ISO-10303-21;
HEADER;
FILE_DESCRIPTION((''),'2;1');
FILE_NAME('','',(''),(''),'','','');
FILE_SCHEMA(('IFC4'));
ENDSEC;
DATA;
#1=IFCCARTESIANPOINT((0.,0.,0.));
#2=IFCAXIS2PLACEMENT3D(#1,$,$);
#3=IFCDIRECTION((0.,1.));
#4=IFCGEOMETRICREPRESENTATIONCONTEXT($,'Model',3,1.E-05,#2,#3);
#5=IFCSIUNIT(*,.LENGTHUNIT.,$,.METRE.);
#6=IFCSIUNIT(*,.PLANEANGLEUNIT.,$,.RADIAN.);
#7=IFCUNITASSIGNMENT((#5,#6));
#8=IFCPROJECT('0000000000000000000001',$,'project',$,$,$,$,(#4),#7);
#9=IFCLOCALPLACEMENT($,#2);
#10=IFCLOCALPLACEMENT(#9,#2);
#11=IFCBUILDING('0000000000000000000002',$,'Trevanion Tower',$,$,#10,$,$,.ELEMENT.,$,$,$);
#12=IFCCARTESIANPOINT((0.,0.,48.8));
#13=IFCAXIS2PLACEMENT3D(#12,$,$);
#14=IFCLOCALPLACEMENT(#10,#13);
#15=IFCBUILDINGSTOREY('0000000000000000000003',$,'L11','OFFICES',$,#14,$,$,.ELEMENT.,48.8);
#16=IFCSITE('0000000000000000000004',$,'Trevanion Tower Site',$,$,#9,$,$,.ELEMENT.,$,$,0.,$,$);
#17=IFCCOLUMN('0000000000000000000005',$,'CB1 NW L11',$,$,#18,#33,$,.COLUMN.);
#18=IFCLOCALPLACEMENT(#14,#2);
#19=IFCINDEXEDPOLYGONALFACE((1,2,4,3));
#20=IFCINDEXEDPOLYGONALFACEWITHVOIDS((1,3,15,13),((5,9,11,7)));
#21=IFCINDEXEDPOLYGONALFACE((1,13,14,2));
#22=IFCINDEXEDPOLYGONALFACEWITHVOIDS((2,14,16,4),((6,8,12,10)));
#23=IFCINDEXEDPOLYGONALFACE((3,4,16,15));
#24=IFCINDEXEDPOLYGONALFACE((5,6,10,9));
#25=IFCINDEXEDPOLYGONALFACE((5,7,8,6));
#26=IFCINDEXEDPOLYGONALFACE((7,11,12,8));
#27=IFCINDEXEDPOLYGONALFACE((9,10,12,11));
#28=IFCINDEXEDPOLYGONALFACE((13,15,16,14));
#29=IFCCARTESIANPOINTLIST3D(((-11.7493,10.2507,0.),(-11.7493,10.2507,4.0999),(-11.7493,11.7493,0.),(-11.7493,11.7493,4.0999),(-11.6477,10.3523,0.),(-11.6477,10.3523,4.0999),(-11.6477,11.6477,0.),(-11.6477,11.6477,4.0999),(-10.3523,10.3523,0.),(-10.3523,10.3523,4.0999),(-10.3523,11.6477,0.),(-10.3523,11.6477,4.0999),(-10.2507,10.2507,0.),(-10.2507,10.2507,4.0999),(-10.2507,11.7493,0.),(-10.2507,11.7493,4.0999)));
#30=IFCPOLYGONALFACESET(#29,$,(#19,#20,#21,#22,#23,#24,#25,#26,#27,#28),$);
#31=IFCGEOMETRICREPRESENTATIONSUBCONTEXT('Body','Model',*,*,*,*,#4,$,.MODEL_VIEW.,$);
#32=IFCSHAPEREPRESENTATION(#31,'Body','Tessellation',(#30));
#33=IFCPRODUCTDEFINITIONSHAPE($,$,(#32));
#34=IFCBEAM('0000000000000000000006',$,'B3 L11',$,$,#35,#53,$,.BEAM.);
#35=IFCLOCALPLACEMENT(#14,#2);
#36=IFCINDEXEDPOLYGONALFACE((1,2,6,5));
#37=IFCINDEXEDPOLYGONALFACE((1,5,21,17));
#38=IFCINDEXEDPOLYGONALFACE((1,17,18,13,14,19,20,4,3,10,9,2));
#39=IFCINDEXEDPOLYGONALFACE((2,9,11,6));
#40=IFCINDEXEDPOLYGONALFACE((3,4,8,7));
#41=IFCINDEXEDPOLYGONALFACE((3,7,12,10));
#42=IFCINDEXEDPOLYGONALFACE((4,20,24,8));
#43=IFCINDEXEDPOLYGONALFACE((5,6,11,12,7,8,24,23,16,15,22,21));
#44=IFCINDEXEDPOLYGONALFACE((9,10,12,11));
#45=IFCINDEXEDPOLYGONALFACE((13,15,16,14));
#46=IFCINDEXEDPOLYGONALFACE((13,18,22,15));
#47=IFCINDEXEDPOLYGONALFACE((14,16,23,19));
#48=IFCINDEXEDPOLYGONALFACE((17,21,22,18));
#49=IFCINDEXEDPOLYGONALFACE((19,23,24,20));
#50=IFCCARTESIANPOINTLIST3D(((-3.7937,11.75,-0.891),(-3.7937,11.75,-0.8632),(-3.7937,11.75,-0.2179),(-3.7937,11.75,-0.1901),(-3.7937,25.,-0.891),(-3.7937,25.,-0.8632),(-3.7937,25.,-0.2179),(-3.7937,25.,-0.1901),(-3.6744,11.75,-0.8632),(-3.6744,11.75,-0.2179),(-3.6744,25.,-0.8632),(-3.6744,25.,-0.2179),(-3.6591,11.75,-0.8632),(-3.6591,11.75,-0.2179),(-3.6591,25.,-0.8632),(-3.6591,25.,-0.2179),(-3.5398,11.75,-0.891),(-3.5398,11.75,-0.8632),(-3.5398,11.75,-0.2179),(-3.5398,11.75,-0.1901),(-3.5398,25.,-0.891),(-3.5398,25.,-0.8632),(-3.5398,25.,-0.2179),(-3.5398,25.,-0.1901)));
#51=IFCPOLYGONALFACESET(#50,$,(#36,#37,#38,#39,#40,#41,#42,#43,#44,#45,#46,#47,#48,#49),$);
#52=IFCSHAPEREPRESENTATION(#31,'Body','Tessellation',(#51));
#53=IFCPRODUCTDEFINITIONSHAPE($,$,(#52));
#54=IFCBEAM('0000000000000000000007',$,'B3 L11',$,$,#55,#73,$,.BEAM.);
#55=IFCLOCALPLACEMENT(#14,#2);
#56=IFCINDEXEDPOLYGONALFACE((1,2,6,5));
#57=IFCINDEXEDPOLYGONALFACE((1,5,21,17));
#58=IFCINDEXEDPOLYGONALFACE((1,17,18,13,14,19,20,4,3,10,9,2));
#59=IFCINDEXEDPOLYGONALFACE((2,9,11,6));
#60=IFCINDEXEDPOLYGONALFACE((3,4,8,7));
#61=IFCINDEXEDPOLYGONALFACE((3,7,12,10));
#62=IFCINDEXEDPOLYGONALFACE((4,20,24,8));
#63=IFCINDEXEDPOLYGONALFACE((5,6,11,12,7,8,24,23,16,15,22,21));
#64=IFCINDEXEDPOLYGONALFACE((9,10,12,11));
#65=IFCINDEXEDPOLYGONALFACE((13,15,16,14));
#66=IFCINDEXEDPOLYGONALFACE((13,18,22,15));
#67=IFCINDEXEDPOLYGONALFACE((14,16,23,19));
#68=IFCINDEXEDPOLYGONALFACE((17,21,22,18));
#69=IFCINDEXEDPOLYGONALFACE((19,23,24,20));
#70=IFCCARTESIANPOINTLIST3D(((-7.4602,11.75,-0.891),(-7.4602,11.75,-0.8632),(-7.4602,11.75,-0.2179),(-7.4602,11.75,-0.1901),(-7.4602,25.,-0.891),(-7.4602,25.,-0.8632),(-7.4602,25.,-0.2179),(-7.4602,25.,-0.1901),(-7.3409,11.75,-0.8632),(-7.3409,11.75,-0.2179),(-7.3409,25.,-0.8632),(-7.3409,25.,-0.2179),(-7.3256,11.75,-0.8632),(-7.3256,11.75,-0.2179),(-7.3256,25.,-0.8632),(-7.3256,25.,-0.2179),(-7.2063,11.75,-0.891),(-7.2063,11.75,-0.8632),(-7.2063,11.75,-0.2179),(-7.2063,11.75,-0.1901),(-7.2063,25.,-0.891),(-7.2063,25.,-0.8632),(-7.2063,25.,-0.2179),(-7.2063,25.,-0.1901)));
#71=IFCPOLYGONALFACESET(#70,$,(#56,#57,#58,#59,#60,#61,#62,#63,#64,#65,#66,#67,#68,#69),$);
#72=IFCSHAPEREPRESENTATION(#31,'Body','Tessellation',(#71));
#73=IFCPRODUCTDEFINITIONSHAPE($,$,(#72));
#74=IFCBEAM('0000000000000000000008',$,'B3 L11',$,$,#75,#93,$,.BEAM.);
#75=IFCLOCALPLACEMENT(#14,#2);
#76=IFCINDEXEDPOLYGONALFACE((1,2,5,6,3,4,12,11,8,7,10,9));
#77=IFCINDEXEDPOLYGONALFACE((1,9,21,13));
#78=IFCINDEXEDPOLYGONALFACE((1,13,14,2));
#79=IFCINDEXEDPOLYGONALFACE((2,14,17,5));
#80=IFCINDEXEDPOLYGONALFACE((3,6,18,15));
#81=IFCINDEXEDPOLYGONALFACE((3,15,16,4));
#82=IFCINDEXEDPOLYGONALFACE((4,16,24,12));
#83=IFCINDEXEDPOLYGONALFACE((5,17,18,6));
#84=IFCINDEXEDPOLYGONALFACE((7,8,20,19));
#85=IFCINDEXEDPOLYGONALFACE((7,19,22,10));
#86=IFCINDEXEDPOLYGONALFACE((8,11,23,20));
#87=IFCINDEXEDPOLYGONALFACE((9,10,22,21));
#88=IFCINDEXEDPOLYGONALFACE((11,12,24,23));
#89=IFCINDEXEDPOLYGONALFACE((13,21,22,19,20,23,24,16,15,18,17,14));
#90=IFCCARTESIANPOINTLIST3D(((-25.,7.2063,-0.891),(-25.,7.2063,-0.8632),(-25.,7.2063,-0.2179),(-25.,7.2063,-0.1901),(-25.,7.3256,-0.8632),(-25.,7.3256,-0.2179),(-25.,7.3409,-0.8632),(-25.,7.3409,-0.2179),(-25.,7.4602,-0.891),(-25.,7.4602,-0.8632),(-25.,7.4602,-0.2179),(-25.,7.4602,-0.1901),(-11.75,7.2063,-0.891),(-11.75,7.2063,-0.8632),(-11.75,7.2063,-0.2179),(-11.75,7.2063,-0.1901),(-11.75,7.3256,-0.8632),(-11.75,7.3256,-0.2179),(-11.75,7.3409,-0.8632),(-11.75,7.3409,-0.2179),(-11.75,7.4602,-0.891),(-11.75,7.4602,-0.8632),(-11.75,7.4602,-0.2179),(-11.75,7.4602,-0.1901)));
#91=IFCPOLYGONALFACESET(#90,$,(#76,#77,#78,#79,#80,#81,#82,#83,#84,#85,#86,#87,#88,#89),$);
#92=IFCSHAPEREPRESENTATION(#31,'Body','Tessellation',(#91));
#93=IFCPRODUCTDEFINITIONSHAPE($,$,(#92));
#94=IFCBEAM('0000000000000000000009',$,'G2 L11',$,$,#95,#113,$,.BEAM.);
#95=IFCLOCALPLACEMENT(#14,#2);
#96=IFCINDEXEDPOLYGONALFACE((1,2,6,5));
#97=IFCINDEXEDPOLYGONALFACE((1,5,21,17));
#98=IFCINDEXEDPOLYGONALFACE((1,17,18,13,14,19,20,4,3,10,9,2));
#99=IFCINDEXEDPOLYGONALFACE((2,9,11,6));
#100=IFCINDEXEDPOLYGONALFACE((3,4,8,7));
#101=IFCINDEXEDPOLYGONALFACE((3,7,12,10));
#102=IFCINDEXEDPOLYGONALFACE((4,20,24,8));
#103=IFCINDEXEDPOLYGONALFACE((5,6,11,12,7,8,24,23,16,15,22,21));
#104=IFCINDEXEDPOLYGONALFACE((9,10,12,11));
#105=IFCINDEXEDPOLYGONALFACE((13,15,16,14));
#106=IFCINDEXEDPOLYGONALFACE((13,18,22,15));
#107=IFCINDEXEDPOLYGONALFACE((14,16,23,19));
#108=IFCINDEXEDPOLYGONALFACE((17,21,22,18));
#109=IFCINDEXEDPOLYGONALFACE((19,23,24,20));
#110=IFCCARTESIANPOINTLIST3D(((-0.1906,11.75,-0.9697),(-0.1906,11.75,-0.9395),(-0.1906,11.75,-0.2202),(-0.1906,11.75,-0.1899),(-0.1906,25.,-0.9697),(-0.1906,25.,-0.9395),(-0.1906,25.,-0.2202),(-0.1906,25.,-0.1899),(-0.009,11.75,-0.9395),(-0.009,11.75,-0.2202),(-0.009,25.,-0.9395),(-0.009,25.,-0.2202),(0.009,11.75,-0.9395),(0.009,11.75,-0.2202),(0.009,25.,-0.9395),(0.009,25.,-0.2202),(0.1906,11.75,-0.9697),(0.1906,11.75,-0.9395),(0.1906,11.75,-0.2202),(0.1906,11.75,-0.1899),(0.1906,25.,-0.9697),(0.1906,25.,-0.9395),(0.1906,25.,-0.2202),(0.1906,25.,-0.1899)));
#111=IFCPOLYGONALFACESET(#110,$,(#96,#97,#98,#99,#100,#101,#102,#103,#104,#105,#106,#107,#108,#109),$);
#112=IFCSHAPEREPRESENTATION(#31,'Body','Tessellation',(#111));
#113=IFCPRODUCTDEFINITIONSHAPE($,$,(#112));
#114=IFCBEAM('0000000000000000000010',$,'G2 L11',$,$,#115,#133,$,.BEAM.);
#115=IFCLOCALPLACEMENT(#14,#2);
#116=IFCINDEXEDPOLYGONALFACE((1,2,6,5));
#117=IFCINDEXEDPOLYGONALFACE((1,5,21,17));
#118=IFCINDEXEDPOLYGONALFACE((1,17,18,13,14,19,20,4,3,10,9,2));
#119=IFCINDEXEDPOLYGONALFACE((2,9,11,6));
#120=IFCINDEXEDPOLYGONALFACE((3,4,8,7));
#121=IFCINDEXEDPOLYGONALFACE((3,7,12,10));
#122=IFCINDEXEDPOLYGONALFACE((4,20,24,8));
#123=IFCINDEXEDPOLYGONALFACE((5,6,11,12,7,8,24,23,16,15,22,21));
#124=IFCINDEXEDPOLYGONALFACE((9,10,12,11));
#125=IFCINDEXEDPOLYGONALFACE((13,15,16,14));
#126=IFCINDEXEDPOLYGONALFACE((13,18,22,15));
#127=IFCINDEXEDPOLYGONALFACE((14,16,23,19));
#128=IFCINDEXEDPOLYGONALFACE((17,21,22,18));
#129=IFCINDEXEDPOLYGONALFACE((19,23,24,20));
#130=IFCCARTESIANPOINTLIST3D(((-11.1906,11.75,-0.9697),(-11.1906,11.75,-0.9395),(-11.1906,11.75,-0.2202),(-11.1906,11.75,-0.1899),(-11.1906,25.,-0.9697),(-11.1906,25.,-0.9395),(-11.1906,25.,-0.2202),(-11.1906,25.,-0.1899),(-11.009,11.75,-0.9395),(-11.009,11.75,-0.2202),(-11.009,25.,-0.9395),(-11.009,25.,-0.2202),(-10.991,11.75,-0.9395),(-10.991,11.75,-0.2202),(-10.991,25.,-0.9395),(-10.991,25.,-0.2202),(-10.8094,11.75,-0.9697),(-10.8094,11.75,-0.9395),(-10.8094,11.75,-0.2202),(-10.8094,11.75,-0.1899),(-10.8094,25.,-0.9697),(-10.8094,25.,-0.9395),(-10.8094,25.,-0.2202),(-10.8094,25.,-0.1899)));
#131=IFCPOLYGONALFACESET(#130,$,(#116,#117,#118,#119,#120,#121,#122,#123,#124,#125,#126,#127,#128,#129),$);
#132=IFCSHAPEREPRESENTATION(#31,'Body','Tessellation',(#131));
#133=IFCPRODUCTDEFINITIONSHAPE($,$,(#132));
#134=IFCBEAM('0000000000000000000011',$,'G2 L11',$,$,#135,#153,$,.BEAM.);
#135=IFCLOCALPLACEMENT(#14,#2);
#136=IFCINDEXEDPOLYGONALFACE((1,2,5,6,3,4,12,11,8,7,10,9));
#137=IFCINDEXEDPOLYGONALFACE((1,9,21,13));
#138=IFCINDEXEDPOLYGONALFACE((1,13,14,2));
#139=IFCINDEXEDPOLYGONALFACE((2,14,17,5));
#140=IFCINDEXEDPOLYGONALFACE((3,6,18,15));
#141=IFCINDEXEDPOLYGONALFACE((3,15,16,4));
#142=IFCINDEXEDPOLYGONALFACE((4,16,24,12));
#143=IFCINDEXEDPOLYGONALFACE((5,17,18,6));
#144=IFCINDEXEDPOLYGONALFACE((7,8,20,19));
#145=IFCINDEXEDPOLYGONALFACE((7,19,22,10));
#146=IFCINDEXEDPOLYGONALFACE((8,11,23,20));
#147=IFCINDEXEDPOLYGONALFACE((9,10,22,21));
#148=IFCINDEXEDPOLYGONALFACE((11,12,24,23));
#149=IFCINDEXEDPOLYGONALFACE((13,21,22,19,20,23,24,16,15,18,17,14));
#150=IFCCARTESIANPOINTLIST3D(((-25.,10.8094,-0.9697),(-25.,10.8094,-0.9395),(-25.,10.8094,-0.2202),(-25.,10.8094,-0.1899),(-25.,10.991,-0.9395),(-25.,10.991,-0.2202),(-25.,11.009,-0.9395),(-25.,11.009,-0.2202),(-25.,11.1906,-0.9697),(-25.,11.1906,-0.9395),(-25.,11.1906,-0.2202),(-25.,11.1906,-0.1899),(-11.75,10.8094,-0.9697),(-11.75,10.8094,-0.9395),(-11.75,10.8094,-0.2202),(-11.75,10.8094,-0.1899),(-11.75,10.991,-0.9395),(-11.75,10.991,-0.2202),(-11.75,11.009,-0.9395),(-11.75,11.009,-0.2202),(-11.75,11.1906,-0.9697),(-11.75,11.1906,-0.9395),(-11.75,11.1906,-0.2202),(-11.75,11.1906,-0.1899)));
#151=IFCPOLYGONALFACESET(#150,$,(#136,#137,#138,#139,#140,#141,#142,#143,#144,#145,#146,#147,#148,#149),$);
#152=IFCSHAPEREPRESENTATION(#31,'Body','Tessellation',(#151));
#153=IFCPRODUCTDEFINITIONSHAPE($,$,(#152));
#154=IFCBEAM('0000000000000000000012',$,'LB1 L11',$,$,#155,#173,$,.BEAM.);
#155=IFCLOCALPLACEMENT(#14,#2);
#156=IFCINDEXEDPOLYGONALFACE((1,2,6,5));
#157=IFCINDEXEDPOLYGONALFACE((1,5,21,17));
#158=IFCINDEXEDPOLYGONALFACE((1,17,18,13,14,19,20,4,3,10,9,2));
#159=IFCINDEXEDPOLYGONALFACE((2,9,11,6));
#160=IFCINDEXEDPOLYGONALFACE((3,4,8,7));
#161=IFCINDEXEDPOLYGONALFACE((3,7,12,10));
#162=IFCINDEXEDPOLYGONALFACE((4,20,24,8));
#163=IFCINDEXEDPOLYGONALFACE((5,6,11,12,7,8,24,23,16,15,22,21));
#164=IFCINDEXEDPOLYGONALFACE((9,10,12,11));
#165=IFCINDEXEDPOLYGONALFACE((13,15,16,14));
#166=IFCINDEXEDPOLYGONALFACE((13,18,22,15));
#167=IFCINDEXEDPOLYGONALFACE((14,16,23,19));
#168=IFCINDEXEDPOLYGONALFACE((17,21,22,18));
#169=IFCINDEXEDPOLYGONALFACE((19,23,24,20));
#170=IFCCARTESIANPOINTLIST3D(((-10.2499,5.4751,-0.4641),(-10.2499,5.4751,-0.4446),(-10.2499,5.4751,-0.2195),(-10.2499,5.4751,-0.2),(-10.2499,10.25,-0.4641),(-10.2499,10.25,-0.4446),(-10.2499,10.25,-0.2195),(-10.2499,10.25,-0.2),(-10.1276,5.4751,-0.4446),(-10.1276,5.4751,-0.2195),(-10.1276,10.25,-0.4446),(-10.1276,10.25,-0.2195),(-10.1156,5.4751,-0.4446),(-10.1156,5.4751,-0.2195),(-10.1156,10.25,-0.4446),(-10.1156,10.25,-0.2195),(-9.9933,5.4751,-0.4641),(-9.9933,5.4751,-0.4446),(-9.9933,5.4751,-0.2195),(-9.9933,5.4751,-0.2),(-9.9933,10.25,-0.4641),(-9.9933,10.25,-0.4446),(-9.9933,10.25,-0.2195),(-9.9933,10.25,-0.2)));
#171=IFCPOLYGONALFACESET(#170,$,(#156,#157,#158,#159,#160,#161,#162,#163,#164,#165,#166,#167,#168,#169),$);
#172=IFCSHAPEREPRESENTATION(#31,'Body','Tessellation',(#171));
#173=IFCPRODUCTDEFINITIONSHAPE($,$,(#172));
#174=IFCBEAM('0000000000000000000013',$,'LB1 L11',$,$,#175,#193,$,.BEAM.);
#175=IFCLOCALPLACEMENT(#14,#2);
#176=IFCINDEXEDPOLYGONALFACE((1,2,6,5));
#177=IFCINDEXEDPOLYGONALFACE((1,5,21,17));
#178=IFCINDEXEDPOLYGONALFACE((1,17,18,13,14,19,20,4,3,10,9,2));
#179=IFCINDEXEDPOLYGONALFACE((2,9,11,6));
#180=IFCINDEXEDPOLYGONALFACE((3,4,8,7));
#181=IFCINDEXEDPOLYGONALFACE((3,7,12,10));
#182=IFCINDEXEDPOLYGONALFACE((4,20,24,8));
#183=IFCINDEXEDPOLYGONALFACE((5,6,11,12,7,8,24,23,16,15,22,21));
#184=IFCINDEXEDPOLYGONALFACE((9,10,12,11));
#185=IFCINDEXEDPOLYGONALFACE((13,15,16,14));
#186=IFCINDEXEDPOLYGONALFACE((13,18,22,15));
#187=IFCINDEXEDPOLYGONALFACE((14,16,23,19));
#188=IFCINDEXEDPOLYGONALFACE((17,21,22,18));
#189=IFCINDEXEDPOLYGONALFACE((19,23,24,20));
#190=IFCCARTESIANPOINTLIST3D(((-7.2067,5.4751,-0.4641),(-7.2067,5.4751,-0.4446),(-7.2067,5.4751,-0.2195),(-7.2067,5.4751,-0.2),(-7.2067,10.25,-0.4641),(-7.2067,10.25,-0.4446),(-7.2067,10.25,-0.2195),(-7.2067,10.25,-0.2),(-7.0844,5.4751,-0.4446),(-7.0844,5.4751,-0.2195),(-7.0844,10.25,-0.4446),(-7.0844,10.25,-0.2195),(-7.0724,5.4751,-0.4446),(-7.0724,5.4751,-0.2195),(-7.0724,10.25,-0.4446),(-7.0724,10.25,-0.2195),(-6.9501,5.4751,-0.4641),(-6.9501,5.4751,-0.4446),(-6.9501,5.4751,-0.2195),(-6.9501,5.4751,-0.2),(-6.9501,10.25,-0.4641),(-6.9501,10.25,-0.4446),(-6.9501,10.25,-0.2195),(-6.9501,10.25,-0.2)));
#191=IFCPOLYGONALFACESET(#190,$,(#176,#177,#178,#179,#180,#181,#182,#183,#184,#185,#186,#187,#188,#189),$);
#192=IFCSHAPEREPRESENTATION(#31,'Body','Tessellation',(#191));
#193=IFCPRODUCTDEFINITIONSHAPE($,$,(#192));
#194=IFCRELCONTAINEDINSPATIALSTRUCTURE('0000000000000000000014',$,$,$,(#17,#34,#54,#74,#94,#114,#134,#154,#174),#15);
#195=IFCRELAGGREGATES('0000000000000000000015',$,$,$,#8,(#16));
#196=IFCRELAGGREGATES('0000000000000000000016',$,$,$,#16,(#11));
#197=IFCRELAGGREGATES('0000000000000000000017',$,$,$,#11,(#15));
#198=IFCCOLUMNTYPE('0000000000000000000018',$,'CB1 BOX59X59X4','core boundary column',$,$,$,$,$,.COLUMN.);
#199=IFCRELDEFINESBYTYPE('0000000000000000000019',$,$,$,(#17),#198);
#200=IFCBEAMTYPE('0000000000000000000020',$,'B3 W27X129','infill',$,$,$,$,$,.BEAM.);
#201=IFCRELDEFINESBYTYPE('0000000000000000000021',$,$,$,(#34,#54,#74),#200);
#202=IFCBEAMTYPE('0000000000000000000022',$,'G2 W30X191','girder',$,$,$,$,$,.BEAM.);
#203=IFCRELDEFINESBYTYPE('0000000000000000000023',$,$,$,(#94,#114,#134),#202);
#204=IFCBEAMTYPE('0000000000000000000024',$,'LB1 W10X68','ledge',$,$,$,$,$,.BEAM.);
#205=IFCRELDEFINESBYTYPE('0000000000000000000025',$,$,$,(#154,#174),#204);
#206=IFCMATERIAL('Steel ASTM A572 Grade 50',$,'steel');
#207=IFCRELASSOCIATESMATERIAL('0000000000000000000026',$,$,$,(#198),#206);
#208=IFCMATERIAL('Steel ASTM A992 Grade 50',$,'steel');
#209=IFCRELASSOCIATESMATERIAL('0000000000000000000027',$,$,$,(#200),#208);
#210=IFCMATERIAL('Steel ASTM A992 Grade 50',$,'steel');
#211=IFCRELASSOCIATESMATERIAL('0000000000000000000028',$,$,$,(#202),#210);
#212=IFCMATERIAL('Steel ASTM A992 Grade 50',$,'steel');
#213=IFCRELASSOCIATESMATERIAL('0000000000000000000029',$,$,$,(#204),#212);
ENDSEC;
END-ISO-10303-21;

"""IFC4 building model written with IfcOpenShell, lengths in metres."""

from ifc_helpers import new_model, si_unit, direction, frame, origin, origin_2d, place, context, subcontext, project, spatial, hollow_rectangle, i_section, extrude, material, material_profile, profile_set, type_object, element, save


model = new_model("IFC4")

# Units and contexts
model_context = context("Model", 3, precision=1e-05, world=origin(), true_north=direction((0.0, 1.0)))
body_context = subcontext(model_context, "Body", "Model", "MODEL_VIEW")
ifc_project = project(units=[si_unit("LENGTHUNIT", "METRE"), si_unit("PLANEANGLEUNIT", "RADIAN")], contexts=[model_context])

# Site, building, storey
site_placement = place(None, origin())
site = spatial("IfcSite", under=ifc_project, at=site_placement, Name="Trevanion Tower Site", CompositionType="ELEMENT", RefElevation=0.0)
building_placement = place(site_placement, origin())
building = spatial("IfcBuilding", under=site, at=building_placement, Name="Trevanion Tower", CompositionType="ELEMENT")
storey_placement = place(building_placement, frame((0.0, 0.0, 48.8)))
storey = spatial("IfcBuildingStorey", under=building, at=storey_placement, Name="L11", Description="OFFICES", CompositionType="ELEMENT", Elevation=48.8)

# Column
ifc_material_1 = material(Name="Steel ASTM A572 Grade 50", Category="steel")
ifc_material_profile_1 = material_profile(ifc_material_1, hollow_rectangle(XDim=1.4985, YDim=1.4985, WallThickness=0.1016, at=origin_2d()), Name="BOX59X59X4")
ifc_profile_set_1 = profile_set([ifc_material_profile_1], Name="Steel ASTM A572 Grade 50")
column_type = type_object("IfcColumnType", Name="CB1 BOX59X59X4", Description="core boundary column", PredefinedType="COLUMN", material=ifc_profile_set_1)
column_placement = place(storey_placement, frame((-11.0, 11.0, 0.0), z_axis=(0.0, 0.0, 1.0), x_axis=(1.0, 0.0, 0.0)))
element("IfcColumn", 1, at=column_placement, inside=storey, type_object=column_type, Name="CB1 NW L11", PredefinedType="COLUMN", context=body_context, shape_type="SweptSolid", body=[
    extrude(hollow_rectangle(XDim=1.4985, YDim=1.4985, WallThickness=0.1016, at=origin_2d()), origin(), (0.0, 0.0, 1.0), 4.0999),
])

# Beams
ifc_material_2 = material(Name="Steel ASTM A992 Grade 50", Category="steel")
ifc_material_profile_2 = material_profile(ifc_material_2, i_section(OverallWidth=0.2539, OverallDepth=0.7009, WebThickness=0.0154, FlangeThickness=0.0278, at=origin_2d()), Name="W27X129")
ifc_profile_set_2 = profile_set([ifc_material_profile_2], Name="Steel ASTM A992 Grade 50")
beam_type_1 = type_object("IfcBeamType", Name="B3 W27X129", Description="infill", PredefinedType="BEAM", material=ifc_profile_set_2)
for number, where, z_axis, x_axis, name in (
    (2, (-3.6667, 11.75, -0.5405), (0.0, 1.0, 0.0), (-1.0, 0.0, 0.0), "B3 L11"),
    (3, (-7.3333, 11.75, -0.5405), (0.0, 1.0, 0.0), (-1.0, 0.0, 0.0), "B3 L11"),
    (4, (-11.75, 7.3333, -0.5405), (-1.0, 0.0, 0.0), (0.0, -1.0, 0.0), "B3 L11"),
):
    element("IfcBeam", number, at=place(storey_placement, frame(where, z_axis=z_axis, x_axis=x_axis)), inside=storey, type_object=beam_type_1, Name=name, PredefinedType="BEAM", context=body_context, shape_type="SweptSolid", body=[
        extrude(i_section(OverallWidth=0.2539, OverallDepth=0.7009, WebThickness=0.0154, FlangeThickness=0.0278, at=origin_2d()), origin(), (0.0, 0.0, 1.0), 13.25),
    ])
ifc_material_3 = material(Name="Steel ASTM A992 Grade 50", Category="steel")
ifc_material_profile_3 = material_profile(ifc_material_3, i_section(OverallWidth=0.3811, OverallDepth=0.7798, WebThickness=0.0181, FlangeThickness=0.0303, at=origin_2d()), Name="W30X191")
ifc_profile_set_3 = profile_set([ifc_material_profile_3], Name="Steel ASTM A992 Grade 50")
beam_type_2 = type_object("IfcBeamType", Name="G2 W30X191", Description="girder", PredefinedType="BEAM", material=ifc_profile_set_3)
for number, where, z_axis, x_axis, name in (
    (5, (0.0, 11.75, -0.5798), (0.0, 1.0, 0.0), (-1.0, 0.0, 0.0), "G2 L11"),
    (6, (-11.0, 11.75, -0.5798), (0.0, 1.0, 0.0), (-1.0, 0.0, 0.0), "G2 L11"),
    (7, (-11.75, 11.0, -0.5798), (-1.0, 0.0, 0.0), (0.0, -1.0, 0.0), "G2 L11"),
):
    element("IfcBeam", number, at=place(storey_placement, frame(where, z_axis=z_axis, x_axis=x_axis)), inside=storey, type_object=beam_type_2, Name=name, PredefinedType="BEAM", context=body_context, shape_type="SweptSolid", body=[
        extrude(i_section(OverallWidth=0.3811, OverallDepth=0.7798, WebThickness=0.0181, FlangeThickness=0.0303, at=origin_2d()), origin(), (0.0, 0.0, 1.0), 13.25),
    ])
ifc_material_4 = material(Name="Steel ASTM A992 Grade 50", Category="steel")
ifc_material_profile_4 = material_profile(ifc_material_4, i_section(OverallWidth=0.2566, OverallDepth=0.2642, WebThickness=0.012, FlangeThickness=0.0195, at=origin_2d()), Name="W10X68")
ifc_profile_set_4 = profile_set([ifc_material_profile_4], Name="Steel ASTM A992 Grade 50")
beam_type_3 = type_object("IfcBeamType", Name="LB1 W10X68", Description="ledge", PredefinedType="BEAM", material=ifc_profile_set_4)
for number, where, z_axis, x_axis, name in (
    (8, (-10.1216, 5.4751, -0.332), (0.0, 1.0, 0.0), (-1.0, 0.0, 0.0), "LB1 L11"),
    (9, (-7.0784, 5.4751, -0.332), (0.0, 1.0, 0.0), (-1.0, 0.0, 0.0), "LB1 L11"),
):
    element("IfcBeam", number, at=place(storey_placement, frame(where, z_axis=z_axis, x_axis=x_axis)), inside=storey, type_object=beam_type_3, Name=name, PredefinedType="BEAM", context=body_context, shape_type="SweptSolid", body=[
        extrude(i_section(OverallWidth=0.2566, OverallDepth=0.2642, WebThickness=0.012, FlangeThickness=0.0195, at=origin_2d()), origin(), (0.0, 0.0, 1.0), 4.7749),
    ])

save(model, "model.ifc")
